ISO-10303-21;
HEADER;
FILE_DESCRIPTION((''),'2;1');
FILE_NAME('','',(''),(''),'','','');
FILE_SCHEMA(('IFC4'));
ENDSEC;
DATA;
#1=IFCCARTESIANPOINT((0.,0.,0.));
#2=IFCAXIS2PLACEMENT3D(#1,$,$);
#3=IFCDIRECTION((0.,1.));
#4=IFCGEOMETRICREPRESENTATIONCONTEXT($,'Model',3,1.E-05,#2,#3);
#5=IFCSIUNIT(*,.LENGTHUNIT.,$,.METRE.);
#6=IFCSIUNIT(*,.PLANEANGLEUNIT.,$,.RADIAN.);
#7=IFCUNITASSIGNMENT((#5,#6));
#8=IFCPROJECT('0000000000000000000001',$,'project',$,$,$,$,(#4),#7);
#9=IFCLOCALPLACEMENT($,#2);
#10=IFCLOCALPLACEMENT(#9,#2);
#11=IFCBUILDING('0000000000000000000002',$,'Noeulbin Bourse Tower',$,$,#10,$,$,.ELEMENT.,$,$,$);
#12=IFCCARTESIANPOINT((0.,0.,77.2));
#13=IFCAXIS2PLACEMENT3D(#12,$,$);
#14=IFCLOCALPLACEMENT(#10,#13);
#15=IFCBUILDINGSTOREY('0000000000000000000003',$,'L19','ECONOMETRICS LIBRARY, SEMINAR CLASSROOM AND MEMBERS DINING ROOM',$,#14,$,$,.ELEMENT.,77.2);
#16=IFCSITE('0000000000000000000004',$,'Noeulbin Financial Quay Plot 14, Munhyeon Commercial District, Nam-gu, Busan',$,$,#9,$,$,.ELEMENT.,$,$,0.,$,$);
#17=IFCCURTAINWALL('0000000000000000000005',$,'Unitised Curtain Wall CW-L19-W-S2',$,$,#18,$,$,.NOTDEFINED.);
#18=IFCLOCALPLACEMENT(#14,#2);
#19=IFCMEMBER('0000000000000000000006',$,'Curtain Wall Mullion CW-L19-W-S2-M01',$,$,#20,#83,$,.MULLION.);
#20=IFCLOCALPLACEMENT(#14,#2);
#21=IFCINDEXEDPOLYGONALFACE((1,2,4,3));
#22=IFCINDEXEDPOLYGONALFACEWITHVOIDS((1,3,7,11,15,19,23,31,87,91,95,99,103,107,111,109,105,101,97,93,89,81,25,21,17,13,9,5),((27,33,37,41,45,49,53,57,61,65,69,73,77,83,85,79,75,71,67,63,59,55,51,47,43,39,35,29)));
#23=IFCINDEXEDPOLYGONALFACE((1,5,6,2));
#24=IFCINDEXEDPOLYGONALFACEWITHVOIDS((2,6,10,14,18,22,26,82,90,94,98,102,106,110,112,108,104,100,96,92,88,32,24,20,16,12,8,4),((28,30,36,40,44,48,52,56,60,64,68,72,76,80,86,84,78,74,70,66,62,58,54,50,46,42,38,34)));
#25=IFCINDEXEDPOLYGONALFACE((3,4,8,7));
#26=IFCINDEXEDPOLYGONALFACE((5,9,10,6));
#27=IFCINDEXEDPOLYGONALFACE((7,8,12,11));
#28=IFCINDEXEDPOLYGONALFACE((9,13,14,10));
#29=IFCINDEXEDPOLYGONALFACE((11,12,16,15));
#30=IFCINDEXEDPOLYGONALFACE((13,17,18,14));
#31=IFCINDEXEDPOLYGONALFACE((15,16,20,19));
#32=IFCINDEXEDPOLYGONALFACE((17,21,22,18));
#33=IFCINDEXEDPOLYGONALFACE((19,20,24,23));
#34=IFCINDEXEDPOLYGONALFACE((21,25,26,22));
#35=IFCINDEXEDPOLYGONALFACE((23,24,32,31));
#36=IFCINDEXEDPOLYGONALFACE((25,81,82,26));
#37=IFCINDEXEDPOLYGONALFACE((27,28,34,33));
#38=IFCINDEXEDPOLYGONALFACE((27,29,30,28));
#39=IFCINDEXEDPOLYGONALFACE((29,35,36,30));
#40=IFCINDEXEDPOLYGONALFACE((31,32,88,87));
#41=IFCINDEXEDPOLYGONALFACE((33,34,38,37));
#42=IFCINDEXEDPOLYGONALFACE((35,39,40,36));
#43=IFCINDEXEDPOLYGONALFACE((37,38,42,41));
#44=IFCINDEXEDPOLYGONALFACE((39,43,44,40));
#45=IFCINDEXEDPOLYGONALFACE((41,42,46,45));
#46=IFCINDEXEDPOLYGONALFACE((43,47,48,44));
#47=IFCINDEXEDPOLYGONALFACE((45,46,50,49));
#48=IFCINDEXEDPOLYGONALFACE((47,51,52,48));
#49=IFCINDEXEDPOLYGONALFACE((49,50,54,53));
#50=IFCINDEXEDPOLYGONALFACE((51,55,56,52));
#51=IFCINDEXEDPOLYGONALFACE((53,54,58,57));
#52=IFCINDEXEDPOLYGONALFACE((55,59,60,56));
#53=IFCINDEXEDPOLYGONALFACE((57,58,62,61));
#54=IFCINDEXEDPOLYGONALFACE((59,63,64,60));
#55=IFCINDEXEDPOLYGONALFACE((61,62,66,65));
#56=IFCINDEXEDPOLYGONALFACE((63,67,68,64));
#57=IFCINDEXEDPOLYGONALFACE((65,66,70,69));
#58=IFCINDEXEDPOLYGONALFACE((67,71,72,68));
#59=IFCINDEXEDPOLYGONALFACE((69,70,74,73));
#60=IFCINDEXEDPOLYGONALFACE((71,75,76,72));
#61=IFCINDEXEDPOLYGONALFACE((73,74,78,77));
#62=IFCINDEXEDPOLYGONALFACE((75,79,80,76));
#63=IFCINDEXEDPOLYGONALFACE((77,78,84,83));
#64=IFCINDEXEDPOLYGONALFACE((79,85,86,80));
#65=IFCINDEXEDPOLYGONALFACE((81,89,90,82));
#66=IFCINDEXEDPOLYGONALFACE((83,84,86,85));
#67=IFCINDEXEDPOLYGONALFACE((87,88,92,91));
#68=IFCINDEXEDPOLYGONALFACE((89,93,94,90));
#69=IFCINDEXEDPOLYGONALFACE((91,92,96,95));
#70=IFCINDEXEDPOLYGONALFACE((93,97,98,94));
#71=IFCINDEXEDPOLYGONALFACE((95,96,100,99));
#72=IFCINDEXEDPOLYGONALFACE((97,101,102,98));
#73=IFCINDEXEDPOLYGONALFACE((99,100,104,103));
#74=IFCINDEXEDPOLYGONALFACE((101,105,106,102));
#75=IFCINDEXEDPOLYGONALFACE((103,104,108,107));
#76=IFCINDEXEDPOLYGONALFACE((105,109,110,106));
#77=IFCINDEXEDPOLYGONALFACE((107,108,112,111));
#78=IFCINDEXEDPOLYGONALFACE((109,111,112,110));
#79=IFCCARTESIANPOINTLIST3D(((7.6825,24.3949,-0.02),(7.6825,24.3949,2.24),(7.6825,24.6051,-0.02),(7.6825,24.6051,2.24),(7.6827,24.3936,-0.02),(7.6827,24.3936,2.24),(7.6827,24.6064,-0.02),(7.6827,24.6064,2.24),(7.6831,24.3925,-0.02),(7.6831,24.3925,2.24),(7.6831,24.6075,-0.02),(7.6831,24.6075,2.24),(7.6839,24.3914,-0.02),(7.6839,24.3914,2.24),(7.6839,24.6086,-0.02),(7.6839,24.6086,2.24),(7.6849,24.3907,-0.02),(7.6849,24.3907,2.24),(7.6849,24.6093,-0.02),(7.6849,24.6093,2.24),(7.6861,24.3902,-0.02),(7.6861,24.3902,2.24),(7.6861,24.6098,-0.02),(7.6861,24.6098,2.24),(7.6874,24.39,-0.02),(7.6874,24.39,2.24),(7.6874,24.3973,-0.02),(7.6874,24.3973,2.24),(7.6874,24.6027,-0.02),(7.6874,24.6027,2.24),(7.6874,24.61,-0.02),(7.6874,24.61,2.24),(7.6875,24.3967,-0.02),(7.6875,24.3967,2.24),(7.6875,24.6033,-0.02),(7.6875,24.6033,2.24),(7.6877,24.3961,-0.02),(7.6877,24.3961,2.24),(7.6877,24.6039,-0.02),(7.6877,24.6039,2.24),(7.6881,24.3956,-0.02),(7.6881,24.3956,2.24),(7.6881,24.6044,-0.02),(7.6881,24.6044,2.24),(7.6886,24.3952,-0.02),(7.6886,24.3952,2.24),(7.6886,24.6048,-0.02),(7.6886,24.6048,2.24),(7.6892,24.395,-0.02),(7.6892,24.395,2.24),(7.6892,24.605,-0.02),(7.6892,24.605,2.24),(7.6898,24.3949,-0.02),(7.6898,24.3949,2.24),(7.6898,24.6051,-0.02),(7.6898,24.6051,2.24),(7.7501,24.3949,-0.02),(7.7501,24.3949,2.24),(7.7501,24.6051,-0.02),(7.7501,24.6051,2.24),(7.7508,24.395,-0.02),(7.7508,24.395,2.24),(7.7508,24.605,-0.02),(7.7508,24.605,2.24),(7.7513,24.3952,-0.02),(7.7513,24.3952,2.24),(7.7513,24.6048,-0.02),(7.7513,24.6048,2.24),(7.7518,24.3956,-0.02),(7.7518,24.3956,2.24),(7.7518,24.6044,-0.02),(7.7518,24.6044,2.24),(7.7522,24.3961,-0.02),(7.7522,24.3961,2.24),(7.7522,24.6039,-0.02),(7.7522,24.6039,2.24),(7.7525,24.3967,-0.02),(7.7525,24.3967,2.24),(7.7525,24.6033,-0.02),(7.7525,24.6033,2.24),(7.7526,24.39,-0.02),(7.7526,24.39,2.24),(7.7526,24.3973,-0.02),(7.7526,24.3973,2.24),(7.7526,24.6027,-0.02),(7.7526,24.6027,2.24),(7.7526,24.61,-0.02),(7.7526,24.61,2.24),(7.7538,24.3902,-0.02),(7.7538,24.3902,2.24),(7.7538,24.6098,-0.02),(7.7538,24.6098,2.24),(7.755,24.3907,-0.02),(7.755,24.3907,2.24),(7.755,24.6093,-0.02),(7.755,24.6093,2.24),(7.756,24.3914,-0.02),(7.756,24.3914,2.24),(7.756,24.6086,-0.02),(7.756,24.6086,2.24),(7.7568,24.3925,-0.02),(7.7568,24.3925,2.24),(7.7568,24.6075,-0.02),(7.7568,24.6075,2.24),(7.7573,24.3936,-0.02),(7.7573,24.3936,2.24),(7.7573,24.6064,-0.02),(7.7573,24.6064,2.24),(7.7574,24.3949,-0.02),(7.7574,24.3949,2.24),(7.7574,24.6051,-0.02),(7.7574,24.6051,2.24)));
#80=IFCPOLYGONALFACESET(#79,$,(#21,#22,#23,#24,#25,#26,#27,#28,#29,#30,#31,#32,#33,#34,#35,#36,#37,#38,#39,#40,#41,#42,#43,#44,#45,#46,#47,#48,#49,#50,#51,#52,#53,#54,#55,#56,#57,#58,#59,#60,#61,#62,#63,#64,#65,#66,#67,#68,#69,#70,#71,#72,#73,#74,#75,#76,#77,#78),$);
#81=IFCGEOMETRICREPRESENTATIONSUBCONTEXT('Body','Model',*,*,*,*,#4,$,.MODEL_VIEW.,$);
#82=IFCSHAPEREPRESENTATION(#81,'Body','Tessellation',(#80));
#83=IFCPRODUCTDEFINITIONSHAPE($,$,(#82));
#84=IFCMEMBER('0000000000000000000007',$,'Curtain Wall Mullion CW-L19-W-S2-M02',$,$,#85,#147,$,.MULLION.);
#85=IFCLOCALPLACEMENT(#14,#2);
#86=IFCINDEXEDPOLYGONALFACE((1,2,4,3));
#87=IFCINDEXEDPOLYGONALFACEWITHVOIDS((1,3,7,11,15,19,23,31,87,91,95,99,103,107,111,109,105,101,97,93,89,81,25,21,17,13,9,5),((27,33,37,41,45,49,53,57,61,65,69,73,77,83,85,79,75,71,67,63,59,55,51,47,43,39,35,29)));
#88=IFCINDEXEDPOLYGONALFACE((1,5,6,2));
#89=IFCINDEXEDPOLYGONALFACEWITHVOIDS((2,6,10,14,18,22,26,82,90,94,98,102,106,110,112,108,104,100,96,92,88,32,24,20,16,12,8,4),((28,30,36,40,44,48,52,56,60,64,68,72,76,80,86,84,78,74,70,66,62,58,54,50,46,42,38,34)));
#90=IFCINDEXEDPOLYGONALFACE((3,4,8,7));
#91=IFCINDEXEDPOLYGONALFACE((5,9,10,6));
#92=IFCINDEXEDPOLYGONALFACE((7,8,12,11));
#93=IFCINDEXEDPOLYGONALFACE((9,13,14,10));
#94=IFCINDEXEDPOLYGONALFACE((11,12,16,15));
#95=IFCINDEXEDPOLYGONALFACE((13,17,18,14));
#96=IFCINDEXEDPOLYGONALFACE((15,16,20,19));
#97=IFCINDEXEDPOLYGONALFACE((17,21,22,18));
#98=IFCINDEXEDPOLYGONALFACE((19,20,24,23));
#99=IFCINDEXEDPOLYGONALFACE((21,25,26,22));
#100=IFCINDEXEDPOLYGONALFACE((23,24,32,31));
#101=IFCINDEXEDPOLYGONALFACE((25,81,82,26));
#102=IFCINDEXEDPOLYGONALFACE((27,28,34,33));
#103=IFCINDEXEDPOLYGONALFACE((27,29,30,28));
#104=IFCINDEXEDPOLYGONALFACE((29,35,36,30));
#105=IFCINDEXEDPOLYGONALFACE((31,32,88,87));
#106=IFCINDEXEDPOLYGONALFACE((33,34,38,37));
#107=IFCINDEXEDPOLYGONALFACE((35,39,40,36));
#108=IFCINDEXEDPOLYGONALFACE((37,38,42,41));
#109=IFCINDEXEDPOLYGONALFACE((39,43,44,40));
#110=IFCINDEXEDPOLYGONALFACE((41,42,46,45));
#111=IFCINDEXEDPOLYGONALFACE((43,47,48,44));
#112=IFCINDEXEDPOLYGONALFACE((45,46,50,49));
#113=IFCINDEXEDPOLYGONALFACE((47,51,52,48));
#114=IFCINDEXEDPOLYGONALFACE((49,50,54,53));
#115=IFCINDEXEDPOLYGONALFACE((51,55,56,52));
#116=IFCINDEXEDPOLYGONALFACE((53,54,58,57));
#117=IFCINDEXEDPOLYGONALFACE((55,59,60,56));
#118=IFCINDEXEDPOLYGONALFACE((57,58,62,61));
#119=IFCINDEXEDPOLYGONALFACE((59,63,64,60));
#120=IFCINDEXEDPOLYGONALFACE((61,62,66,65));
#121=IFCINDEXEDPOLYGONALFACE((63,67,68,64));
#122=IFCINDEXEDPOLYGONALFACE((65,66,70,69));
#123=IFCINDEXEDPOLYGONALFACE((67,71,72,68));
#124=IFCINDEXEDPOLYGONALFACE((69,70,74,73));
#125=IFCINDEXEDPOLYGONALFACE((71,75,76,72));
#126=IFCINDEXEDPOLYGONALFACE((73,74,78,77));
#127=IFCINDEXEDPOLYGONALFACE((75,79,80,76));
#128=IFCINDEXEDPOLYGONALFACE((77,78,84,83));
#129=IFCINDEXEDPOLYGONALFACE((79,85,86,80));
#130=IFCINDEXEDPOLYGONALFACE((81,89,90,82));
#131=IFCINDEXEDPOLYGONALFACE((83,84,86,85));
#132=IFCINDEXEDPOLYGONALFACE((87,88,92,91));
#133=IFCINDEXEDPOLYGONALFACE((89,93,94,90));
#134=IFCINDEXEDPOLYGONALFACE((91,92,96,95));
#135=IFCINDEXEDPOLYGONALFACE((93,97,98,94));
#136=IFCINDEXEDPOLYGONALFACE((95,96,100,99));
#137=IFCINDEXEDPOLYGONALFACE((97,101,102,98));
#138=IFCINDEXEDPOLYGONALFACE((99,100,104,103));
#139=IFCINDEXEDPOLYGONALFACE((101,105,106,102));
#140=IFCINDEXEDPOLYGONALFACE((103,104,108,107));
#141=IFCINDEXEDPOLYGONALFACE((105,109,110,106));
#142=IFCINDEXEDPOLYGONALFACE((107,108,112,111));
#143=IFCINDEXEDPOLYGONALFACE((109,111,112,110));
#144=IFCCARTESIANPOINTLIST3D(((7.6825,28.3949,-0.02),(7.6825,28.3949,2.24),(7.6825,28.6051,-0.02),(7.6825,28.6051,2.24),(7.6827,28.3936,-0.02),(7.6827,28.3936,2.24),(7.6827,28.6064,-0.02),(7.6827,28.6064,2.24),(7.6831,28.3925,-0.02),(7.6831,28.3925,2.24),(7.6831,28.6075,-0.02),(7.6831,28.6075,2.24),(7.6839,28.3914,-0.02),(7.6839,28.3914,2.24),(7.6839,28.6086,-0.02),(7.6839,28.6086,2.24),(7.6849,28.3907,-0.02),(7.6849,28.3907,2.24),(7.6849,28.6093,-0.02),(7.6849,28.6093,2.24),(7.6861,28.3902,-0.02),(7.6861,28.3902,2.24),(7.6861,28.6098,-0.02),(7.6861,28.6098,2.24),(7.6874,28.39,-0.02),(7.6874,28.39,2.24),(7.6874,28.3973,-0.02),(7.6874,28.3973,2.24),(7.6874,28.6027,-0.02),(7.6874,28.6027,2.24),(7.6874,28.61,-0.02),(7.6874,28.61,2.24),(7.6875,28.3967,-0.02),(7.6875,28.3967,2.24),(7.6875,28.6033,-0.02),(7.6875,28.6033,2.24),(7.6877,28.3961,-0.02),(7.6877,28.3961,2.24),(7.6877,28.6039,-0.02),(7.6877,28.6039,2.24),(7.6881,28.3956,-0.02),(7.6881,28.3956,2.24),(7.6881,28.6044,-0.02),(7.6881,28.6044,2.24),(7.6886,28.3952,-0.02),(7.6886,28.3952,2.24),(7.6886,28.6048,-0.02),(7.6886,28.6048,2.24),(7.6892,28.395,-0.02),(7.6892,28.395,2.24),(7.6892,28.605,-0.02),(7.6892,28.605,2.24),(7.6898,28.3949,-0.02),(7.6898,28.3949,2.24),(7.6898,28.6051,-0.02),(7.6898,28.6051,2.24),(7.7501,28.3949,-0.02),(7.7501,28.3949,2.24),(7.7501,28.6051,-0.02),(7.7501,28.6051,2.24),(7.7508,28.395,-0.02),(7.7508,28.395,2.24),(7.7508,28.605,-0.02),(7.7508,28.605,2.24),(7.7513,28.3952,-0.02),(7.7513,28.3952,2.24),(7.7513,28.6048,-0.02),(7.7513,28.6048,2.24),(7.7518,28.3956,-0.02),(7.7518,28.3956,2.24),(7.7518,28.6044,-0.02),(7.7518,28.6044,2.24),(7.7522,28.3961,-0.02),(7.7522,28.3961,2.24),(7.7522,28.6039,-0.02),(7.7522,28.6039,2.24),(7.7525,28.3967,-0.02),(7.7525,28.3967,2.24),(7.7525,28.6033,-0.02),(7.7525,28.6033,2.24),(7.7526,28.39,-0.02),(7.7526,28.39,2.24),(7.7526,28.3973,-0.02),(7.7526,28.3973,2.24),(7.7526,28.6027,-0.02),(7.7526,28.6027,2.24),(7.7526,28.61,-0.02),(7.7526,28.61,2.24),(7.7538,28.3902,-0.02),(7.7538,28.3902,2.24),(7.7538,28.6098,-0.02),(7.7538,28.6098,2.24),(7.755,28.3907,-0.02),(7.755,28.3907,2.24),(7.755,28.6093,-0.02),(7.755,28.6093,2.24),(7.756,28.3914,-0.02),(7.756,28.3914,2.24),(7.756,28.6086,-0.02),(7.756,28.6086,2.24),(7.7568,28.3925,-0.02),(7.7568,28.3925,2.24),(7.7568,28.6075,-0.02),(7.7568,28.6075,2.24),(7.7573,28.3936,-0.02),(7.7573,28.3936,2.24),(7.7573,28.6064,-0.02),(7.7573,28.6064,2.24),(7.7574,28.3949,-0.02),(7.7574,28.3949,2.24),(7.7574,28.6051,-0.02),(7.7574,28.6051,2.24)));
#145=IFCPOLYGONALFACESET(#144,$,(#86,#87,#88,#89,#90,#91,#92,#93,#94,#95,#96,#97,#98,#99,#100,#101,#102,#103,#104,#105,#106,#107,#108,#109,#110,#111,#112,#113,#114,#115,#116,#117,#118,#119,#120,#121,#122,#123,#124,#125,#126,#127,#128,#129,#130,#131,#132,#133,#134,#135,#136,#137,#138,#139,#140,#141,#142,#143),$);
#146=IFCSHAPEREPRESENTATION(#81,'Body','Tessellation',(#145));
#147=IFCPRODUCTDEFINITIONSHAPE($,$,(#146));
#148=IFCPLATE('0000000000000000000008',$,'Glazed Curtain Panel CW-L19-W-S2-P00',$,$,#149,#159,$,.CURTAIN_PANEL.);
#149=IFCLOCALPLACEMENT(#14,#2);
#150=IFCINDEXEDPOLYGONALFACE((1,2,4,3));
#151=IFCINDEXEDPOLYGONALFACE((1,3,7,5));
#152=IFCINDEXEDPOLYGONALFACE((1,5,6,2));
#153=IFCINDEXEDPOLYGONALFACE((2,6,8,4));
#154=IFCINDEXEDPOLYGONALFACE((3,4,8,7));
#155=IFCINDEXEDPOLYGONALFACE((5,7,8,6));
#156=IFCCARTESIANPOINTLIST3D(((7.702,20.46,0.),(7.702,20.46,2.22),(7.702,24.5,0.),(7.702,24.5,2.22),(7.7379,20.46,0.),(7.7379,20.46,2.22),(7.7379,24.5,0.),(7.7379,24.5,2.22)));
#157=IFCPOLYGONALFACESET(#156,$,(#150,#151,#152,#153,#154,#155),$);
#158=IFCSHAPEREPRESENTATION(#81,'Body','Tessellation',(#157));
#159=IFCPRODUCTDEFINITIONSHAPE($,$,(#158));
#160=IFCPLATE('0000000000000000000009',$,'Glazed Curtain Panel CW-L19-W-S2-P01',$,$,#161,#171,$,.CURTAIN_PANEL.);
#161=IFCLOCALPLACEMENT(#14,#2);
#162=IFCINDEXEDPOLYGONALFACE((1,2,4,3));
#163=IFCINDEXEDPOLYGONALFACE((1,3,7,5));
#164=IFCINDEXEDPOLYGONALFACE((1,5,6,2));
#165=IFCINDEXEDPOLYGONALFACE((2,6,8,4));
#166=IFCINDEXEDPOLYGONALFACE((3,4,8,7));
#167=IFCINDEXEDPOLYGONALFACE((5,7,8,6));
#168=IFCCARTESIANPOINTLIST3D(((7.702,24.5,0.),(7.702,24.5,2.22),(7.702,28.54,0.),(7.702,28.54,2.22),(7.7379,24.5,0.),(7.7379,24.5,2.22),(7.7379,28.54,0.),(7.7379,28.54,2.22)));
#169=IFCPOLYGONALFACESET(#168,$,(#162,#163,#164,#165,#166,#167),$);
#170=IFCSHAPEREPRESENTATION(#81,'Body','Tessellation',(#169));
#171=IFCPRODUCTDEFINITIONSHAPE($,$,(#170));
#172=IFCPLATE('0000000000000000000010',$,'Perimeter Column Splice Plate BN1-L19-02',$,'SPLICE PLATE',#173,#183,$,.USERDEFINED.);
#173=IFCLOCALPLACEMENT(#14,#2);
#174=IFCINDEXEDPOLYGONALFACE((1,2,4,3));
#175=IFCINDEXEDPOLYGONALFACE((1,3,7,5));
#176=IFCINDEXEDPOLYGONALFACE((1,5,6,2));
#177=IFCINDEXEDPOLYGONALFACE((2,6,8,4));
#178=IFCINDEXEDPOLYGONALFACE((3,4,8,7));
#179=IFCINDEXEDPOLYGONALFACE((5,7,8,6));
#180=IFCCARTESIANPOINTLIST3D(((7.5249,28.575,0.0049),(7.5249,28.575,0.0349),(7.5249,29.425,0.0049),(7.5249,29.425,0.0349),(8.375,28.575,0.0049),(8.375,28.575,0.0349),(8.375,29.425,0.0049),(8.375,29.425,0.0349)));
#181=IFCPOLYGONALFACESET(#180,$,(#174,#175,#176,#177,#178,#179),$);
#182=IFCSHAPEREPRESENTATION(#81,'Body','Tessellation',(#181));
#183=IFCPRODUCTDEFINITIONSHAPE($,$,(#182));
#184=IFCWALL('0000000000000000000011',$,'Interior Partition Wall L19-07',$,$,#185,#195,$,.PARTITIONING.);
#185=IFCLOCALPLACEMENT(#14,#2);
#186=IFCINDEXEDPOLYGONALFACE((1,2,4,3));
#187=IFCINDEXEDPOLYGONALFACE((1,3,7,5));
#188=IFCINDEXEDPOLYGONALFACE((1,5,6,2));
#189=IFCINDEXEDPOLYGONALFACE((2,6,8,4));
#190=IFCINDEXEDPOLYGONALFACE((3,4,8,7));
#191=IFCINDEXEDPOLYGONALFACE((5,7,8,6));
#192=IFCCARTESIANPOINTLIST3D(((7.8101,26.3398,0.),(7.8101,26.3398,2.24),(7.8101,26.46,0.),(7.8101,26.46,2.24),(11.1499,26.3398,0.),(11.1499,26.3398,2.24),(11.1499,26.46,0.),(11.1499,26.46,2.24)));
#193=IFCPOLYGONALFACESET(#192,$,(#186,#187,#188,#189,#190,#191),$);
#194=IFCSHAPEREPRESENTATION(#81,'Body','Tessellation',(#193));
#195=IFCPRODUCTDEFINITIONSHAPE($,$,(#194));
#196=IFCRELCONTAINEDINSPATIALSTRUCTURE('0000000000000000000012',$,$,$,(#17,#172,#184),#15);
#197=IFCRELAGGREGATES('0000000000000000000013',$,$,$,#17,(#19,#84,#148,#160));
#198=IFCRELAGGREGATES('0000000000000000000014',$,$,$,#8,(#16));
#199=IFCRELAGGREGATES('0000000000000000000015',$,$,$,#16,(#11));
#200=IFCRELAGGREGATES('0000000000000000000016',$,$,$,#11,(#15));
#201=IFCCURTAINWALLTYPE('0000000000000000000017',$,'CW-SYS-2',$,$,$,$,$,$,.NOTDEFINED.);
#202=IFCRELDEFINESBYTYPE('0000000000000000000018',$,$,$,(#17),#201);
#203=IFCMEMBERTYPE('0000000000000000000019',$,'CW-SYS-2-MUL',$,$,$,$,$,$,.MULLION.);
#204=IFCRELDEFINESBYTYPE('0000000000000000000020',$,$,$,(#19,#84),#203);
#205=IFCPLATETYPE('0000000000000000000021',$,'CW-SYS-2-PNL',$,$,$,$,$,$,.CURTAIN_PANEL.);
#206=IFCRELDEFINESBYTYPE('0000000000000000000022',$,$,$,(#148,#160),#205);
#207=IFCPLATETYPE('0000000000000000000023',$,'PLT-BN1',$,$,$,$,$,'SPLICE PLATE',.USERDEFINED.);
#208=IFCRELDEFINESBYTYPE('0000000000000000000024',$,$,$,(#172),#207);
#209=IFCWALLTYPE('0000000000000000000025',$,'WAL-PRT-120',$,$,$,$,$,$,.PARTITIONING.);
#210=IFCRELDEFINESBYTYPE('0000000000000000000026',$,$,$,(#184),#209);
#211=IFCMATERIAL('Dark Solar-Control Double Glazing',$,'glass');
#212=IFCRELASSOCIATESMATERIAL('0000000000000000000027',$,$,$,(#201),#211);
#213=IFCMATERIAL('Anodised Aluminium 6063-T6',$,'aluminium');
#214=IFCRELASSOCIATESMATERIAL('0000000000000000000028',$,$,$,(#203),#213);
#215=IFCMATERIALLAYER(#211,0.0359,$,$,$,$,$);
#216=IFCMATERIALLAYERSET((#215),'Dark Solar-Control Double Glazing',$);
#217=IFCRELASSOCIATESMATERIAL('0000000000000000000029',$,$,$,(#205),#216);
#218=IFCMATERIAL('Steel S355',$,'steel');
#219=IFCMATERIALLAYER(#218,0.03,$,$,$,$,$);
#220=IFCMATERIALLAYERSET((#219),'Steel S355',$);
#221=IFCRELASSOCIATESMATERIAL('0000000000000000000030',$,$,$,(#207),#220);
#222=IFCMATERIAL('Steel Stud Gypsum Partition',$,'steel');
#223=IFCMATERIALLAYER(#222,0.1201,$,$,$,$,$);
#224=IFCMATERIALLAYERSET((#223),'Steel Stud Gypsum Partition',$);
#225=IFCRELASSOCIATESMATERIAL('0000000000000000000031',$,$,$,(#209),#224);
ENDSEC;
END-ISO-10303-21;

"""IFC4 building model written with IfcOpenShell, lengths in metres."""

from ifc_helpers import new_model, si_unit, direction, frame, frame_2d, origin, origin_2d, place, context, subcontext, project, spatial, rectangle, hollow_rectangle, extrude, material, layer, layer_set, material_profile, profile_set, type_object, element, aggregate, save


model = new_model("IFC4")

# Units and contexts
model_context = context("Model", 3, precision=1e-05, world=origin(), true_north=direction((0.0, 1.0)))
body_context = subcontext(model_context, "Body", "Model", "MODEL_VIEW")
ifc_project = project(units=[si_unit("LENGTHUNIT", "METRE"), si_unit("PLANEANGLEUNIT", "RADIAN")], contexts=[model_context])

# Site, building, storey
site_placement = place(None, origin())
site = spatial("IfcSite", under=ifc_project, at=site_placement, Name="Noeulbin Financial Quay Plot 14, Munhyeon Commercial District, Nam-gu, Busan", CompositionType="ELEMENT", RefElevation=0.0)
building_placement = place(site_placement, origin())
building = spatial("IfcBuilding", under=site, at=building_placement, Name="Noeulbin Bourse Tower", CompositionType="ELEMENT")
storey_placement = place(building_placement, frame((0.0, 0.0, 77.2)))
storey = spatial("IfcBuildingStorey", under=building, at=storey_placement, Name="L19", Description="ECONOMETRICS LIBRARY, SEMINAR CLASSROOM AND MEMBERS DINING ROOM", CompositionType="ELEMENT", Elevation=77.2)

# Shared definitions
ifc_material_1 = material(Name="Steel S355", Category="steel")

# Curtain wall, members, plates
ifc_material_2 = material(Name="Dark Solar-Control Double Glazing", Category="glass")
curtain_wall_type = type_object("IfcCurtainWallType", Name="CW-SYS-2", PredefinedType="NOTDEFINED", material=ifc_material_2)
curtain_wall_placement = place(storey_placement, origin())
curtain_wall = element("IfcCurtainWall", 1, at=curtain_wall_placement, inside=storey, type_object=curtain_wall_type, Name="Unitised Curtain Wall CW-L19-W-S2", PredefinedType="NOTDEFINED")
ifc_material_3 = material(Name="Anodised Aluminium 6063-T6", Category="aluminium")
ifc_material_profile_1 = material_profile(ifc_material_3, hollow_rectangle(XDim=0.075, YDim=0.22, WallThickness=0.0049, InnerFilletRadius=0.0024, OuterFilletRadius=0.0049, at=origin_2d()), Name="ALU-MULL-75x220x5", Category="LoadBearing")
ifc_profile_set_1 = profile_set([ifc_material_profile_1], Name="Anodised Aluminium 6063-T6")
member_type = type_object("IfcMemberType", Name="CW-SYS-2-MUL", PredefinedType="MULLION", material=ifc_profile_set_1)
member_1_placement = place(storey_placement, frame((7.72, 24.5, -0.02), z_axis=(0.0, 0.0, 1.0), x_axis=(1.0, 0.0, 0.0)))
member_1 = element("IfcMember", 2, at=member_1_placement, type_object=member_type, Name="Curtain Wall Mullion CW-L19-W-S2-M01", PredefinedType="MULLION", context=body_context, shape_type="SweptSolid", body=[
    extrude(hollow_rectangle(XDim=0.075, YDim=0.22, WallThickness=0.0049, InnerFilletRadius=0.0024, OuterFilletRadius=0.0049, at=origin_2d()), origin(), (0.0, 0.0, 1.0), 2.26),
])
member_2_placement = place(storey_placement, frame((7.72, 28.5, -0.02), z_axis=(0.0, 0.0, 1.0), x_axis=(1.0, 0.0, 0.0)))
member_2 = element("IfcMember", 3, at=member_2_placement, type_object=member_type, Name="Curtain Wall Mullion CW-L19-W-S2-M02", PredefinedType="MULLION", context=body_context, shape_type="SweptSolid", body=[
    extrude(hollow_rectangle(XDim=0.075, YDim=0.22, WallThickness=0.0049, InnerFilletRadius=0.0024, OuterFilletRadius=0.0049, at=origin_2d()), origin(), (0.0, 0.0, 1.0), 2.26),
])
ifc_layer_1 = layer(ifc_material_2, 0.0359)
ifc_layer_set_1 = layer_set([ifc_layer_1], Name="Dark Solar-Control Double Glazing")
plate_type_1 = type_object("IfcPlateType", Name="CW-SYS-2-PNL", PredefinedType="CURTAIN_PANEL", material=ifc_layer_set_1)
plate_1_placement = place(storey_placement, frame((7.72, 22.48, 0.0), z_axis=(0.0, 0.0, 1.0), x_axis=(0.0, 1.0, 0.0)))
plate_1 = element("IfcPlate", 4, at=plate_1_placement, type_object=plate_type_1, Name="Glazed Curtain Panel CW-L19-W-S2-P00", PredefinedType="CURTAIN_PANEL", context=body_context, shape_type="SweptSolid", body=[
    extrude(rectangle(XDim=4.04, YDim=0.0359, at=origin_2d()), origin(), (0.0, 0.0, 1.0), 2.22),
])
plate_2_placement = place(storey_placement, frame((7.72, 26.52, 0.0), z_axis=(0.0, 0.0, 1.0), x_axis=(0.0, 1.0, 0.0)))
plate_2 = element("IfcPlate", 5, at=plate_2_placement, type_object=plate_type_1, Name="Glazed Curtain Panel CW-L19-W-S2-P01", PredefinedType="CURTAIN_PANEL", context=body_context, shape_type="SweptSolid", body=[
    extrude(rectangle(XDim=4.04, YDim=0.0359, at=origin_2d()), origin(), (0.0, 0.0, 1.0), 2.22),
])
aggregate(curtain_wall, [member_1, member_2, plate_1, plate_2])

# Plate
ifc_layer_2 = layer(ifc_material_1, 0.03)
ifc_layer_set_2 = layer_set([ifc_layer_2], Name="Steel S355")
plate_type_2 = type_object("IfcPlateType", Name="PLT-BN1", ElementType="SPLICE PLATE", PredefinedType="USERDEFINED", material=ifc_layer_set_2)
plate_3_placement = place(storey_placement, frame((7.95, 29.0, 0.0049), z_axis=(0.0, 0.0, 1.0), x_axis=(1.0, 0.0, 0.0)))
element("IfcPlate", 6, at=plate_3_placement, inside=storey, type_object=plate_type_2, Name="Perimeter Column Splice Plate BN1-L19-02", ObjectType="SPLICE PLATE", PredefinedType="USERDEFINED", context=body_context, shape_type="SweptSolid", body=[
    extrude(rectangle(XDim=0.8501, YDim=0.8501, at=origin_2d()), origin(), (0.0, 0.0, 1.0), 0.03),
])

# Wall
ifc_material_4 = material(Name="Steel Stud Gypsum Partition", Category="steel")
ifc_layer_3 = layer(ifc_material_4, 0.1201)
ifc_layer_set_3 = layer_set([ifc_layer_3], Name="Steel Stud Gypsum Partition")
wall_type_1 = type_object("IfcWallType", Name="WAL-PRT-120", PredefinedType="PARTITIONING", material=ifc_layer_set_3)
wall_1_placement = place(storey_placement, frame((7.8101, 26.3999, 0.0), z_axis=(0.0, 0.0, 1.0), x_axis=(1.0, 0.0, 0.0)))
element("IfcWall", 7, at=wall_1_placement, inside=storey, type_object=wall_type_1, Name="Interior Partition Wall L19-07", PredefinedType="PARTITIONING", context=body_context, shape_type="SweptSolid", body=[
    extrude(rectangle(XDim=3.3398, YDim=0.1201, at=frame_2d((1.6699, 0.0))), origin(), (0.0, 0.0, 1.0), 2.24),
])

save(model, "model.ifc")
